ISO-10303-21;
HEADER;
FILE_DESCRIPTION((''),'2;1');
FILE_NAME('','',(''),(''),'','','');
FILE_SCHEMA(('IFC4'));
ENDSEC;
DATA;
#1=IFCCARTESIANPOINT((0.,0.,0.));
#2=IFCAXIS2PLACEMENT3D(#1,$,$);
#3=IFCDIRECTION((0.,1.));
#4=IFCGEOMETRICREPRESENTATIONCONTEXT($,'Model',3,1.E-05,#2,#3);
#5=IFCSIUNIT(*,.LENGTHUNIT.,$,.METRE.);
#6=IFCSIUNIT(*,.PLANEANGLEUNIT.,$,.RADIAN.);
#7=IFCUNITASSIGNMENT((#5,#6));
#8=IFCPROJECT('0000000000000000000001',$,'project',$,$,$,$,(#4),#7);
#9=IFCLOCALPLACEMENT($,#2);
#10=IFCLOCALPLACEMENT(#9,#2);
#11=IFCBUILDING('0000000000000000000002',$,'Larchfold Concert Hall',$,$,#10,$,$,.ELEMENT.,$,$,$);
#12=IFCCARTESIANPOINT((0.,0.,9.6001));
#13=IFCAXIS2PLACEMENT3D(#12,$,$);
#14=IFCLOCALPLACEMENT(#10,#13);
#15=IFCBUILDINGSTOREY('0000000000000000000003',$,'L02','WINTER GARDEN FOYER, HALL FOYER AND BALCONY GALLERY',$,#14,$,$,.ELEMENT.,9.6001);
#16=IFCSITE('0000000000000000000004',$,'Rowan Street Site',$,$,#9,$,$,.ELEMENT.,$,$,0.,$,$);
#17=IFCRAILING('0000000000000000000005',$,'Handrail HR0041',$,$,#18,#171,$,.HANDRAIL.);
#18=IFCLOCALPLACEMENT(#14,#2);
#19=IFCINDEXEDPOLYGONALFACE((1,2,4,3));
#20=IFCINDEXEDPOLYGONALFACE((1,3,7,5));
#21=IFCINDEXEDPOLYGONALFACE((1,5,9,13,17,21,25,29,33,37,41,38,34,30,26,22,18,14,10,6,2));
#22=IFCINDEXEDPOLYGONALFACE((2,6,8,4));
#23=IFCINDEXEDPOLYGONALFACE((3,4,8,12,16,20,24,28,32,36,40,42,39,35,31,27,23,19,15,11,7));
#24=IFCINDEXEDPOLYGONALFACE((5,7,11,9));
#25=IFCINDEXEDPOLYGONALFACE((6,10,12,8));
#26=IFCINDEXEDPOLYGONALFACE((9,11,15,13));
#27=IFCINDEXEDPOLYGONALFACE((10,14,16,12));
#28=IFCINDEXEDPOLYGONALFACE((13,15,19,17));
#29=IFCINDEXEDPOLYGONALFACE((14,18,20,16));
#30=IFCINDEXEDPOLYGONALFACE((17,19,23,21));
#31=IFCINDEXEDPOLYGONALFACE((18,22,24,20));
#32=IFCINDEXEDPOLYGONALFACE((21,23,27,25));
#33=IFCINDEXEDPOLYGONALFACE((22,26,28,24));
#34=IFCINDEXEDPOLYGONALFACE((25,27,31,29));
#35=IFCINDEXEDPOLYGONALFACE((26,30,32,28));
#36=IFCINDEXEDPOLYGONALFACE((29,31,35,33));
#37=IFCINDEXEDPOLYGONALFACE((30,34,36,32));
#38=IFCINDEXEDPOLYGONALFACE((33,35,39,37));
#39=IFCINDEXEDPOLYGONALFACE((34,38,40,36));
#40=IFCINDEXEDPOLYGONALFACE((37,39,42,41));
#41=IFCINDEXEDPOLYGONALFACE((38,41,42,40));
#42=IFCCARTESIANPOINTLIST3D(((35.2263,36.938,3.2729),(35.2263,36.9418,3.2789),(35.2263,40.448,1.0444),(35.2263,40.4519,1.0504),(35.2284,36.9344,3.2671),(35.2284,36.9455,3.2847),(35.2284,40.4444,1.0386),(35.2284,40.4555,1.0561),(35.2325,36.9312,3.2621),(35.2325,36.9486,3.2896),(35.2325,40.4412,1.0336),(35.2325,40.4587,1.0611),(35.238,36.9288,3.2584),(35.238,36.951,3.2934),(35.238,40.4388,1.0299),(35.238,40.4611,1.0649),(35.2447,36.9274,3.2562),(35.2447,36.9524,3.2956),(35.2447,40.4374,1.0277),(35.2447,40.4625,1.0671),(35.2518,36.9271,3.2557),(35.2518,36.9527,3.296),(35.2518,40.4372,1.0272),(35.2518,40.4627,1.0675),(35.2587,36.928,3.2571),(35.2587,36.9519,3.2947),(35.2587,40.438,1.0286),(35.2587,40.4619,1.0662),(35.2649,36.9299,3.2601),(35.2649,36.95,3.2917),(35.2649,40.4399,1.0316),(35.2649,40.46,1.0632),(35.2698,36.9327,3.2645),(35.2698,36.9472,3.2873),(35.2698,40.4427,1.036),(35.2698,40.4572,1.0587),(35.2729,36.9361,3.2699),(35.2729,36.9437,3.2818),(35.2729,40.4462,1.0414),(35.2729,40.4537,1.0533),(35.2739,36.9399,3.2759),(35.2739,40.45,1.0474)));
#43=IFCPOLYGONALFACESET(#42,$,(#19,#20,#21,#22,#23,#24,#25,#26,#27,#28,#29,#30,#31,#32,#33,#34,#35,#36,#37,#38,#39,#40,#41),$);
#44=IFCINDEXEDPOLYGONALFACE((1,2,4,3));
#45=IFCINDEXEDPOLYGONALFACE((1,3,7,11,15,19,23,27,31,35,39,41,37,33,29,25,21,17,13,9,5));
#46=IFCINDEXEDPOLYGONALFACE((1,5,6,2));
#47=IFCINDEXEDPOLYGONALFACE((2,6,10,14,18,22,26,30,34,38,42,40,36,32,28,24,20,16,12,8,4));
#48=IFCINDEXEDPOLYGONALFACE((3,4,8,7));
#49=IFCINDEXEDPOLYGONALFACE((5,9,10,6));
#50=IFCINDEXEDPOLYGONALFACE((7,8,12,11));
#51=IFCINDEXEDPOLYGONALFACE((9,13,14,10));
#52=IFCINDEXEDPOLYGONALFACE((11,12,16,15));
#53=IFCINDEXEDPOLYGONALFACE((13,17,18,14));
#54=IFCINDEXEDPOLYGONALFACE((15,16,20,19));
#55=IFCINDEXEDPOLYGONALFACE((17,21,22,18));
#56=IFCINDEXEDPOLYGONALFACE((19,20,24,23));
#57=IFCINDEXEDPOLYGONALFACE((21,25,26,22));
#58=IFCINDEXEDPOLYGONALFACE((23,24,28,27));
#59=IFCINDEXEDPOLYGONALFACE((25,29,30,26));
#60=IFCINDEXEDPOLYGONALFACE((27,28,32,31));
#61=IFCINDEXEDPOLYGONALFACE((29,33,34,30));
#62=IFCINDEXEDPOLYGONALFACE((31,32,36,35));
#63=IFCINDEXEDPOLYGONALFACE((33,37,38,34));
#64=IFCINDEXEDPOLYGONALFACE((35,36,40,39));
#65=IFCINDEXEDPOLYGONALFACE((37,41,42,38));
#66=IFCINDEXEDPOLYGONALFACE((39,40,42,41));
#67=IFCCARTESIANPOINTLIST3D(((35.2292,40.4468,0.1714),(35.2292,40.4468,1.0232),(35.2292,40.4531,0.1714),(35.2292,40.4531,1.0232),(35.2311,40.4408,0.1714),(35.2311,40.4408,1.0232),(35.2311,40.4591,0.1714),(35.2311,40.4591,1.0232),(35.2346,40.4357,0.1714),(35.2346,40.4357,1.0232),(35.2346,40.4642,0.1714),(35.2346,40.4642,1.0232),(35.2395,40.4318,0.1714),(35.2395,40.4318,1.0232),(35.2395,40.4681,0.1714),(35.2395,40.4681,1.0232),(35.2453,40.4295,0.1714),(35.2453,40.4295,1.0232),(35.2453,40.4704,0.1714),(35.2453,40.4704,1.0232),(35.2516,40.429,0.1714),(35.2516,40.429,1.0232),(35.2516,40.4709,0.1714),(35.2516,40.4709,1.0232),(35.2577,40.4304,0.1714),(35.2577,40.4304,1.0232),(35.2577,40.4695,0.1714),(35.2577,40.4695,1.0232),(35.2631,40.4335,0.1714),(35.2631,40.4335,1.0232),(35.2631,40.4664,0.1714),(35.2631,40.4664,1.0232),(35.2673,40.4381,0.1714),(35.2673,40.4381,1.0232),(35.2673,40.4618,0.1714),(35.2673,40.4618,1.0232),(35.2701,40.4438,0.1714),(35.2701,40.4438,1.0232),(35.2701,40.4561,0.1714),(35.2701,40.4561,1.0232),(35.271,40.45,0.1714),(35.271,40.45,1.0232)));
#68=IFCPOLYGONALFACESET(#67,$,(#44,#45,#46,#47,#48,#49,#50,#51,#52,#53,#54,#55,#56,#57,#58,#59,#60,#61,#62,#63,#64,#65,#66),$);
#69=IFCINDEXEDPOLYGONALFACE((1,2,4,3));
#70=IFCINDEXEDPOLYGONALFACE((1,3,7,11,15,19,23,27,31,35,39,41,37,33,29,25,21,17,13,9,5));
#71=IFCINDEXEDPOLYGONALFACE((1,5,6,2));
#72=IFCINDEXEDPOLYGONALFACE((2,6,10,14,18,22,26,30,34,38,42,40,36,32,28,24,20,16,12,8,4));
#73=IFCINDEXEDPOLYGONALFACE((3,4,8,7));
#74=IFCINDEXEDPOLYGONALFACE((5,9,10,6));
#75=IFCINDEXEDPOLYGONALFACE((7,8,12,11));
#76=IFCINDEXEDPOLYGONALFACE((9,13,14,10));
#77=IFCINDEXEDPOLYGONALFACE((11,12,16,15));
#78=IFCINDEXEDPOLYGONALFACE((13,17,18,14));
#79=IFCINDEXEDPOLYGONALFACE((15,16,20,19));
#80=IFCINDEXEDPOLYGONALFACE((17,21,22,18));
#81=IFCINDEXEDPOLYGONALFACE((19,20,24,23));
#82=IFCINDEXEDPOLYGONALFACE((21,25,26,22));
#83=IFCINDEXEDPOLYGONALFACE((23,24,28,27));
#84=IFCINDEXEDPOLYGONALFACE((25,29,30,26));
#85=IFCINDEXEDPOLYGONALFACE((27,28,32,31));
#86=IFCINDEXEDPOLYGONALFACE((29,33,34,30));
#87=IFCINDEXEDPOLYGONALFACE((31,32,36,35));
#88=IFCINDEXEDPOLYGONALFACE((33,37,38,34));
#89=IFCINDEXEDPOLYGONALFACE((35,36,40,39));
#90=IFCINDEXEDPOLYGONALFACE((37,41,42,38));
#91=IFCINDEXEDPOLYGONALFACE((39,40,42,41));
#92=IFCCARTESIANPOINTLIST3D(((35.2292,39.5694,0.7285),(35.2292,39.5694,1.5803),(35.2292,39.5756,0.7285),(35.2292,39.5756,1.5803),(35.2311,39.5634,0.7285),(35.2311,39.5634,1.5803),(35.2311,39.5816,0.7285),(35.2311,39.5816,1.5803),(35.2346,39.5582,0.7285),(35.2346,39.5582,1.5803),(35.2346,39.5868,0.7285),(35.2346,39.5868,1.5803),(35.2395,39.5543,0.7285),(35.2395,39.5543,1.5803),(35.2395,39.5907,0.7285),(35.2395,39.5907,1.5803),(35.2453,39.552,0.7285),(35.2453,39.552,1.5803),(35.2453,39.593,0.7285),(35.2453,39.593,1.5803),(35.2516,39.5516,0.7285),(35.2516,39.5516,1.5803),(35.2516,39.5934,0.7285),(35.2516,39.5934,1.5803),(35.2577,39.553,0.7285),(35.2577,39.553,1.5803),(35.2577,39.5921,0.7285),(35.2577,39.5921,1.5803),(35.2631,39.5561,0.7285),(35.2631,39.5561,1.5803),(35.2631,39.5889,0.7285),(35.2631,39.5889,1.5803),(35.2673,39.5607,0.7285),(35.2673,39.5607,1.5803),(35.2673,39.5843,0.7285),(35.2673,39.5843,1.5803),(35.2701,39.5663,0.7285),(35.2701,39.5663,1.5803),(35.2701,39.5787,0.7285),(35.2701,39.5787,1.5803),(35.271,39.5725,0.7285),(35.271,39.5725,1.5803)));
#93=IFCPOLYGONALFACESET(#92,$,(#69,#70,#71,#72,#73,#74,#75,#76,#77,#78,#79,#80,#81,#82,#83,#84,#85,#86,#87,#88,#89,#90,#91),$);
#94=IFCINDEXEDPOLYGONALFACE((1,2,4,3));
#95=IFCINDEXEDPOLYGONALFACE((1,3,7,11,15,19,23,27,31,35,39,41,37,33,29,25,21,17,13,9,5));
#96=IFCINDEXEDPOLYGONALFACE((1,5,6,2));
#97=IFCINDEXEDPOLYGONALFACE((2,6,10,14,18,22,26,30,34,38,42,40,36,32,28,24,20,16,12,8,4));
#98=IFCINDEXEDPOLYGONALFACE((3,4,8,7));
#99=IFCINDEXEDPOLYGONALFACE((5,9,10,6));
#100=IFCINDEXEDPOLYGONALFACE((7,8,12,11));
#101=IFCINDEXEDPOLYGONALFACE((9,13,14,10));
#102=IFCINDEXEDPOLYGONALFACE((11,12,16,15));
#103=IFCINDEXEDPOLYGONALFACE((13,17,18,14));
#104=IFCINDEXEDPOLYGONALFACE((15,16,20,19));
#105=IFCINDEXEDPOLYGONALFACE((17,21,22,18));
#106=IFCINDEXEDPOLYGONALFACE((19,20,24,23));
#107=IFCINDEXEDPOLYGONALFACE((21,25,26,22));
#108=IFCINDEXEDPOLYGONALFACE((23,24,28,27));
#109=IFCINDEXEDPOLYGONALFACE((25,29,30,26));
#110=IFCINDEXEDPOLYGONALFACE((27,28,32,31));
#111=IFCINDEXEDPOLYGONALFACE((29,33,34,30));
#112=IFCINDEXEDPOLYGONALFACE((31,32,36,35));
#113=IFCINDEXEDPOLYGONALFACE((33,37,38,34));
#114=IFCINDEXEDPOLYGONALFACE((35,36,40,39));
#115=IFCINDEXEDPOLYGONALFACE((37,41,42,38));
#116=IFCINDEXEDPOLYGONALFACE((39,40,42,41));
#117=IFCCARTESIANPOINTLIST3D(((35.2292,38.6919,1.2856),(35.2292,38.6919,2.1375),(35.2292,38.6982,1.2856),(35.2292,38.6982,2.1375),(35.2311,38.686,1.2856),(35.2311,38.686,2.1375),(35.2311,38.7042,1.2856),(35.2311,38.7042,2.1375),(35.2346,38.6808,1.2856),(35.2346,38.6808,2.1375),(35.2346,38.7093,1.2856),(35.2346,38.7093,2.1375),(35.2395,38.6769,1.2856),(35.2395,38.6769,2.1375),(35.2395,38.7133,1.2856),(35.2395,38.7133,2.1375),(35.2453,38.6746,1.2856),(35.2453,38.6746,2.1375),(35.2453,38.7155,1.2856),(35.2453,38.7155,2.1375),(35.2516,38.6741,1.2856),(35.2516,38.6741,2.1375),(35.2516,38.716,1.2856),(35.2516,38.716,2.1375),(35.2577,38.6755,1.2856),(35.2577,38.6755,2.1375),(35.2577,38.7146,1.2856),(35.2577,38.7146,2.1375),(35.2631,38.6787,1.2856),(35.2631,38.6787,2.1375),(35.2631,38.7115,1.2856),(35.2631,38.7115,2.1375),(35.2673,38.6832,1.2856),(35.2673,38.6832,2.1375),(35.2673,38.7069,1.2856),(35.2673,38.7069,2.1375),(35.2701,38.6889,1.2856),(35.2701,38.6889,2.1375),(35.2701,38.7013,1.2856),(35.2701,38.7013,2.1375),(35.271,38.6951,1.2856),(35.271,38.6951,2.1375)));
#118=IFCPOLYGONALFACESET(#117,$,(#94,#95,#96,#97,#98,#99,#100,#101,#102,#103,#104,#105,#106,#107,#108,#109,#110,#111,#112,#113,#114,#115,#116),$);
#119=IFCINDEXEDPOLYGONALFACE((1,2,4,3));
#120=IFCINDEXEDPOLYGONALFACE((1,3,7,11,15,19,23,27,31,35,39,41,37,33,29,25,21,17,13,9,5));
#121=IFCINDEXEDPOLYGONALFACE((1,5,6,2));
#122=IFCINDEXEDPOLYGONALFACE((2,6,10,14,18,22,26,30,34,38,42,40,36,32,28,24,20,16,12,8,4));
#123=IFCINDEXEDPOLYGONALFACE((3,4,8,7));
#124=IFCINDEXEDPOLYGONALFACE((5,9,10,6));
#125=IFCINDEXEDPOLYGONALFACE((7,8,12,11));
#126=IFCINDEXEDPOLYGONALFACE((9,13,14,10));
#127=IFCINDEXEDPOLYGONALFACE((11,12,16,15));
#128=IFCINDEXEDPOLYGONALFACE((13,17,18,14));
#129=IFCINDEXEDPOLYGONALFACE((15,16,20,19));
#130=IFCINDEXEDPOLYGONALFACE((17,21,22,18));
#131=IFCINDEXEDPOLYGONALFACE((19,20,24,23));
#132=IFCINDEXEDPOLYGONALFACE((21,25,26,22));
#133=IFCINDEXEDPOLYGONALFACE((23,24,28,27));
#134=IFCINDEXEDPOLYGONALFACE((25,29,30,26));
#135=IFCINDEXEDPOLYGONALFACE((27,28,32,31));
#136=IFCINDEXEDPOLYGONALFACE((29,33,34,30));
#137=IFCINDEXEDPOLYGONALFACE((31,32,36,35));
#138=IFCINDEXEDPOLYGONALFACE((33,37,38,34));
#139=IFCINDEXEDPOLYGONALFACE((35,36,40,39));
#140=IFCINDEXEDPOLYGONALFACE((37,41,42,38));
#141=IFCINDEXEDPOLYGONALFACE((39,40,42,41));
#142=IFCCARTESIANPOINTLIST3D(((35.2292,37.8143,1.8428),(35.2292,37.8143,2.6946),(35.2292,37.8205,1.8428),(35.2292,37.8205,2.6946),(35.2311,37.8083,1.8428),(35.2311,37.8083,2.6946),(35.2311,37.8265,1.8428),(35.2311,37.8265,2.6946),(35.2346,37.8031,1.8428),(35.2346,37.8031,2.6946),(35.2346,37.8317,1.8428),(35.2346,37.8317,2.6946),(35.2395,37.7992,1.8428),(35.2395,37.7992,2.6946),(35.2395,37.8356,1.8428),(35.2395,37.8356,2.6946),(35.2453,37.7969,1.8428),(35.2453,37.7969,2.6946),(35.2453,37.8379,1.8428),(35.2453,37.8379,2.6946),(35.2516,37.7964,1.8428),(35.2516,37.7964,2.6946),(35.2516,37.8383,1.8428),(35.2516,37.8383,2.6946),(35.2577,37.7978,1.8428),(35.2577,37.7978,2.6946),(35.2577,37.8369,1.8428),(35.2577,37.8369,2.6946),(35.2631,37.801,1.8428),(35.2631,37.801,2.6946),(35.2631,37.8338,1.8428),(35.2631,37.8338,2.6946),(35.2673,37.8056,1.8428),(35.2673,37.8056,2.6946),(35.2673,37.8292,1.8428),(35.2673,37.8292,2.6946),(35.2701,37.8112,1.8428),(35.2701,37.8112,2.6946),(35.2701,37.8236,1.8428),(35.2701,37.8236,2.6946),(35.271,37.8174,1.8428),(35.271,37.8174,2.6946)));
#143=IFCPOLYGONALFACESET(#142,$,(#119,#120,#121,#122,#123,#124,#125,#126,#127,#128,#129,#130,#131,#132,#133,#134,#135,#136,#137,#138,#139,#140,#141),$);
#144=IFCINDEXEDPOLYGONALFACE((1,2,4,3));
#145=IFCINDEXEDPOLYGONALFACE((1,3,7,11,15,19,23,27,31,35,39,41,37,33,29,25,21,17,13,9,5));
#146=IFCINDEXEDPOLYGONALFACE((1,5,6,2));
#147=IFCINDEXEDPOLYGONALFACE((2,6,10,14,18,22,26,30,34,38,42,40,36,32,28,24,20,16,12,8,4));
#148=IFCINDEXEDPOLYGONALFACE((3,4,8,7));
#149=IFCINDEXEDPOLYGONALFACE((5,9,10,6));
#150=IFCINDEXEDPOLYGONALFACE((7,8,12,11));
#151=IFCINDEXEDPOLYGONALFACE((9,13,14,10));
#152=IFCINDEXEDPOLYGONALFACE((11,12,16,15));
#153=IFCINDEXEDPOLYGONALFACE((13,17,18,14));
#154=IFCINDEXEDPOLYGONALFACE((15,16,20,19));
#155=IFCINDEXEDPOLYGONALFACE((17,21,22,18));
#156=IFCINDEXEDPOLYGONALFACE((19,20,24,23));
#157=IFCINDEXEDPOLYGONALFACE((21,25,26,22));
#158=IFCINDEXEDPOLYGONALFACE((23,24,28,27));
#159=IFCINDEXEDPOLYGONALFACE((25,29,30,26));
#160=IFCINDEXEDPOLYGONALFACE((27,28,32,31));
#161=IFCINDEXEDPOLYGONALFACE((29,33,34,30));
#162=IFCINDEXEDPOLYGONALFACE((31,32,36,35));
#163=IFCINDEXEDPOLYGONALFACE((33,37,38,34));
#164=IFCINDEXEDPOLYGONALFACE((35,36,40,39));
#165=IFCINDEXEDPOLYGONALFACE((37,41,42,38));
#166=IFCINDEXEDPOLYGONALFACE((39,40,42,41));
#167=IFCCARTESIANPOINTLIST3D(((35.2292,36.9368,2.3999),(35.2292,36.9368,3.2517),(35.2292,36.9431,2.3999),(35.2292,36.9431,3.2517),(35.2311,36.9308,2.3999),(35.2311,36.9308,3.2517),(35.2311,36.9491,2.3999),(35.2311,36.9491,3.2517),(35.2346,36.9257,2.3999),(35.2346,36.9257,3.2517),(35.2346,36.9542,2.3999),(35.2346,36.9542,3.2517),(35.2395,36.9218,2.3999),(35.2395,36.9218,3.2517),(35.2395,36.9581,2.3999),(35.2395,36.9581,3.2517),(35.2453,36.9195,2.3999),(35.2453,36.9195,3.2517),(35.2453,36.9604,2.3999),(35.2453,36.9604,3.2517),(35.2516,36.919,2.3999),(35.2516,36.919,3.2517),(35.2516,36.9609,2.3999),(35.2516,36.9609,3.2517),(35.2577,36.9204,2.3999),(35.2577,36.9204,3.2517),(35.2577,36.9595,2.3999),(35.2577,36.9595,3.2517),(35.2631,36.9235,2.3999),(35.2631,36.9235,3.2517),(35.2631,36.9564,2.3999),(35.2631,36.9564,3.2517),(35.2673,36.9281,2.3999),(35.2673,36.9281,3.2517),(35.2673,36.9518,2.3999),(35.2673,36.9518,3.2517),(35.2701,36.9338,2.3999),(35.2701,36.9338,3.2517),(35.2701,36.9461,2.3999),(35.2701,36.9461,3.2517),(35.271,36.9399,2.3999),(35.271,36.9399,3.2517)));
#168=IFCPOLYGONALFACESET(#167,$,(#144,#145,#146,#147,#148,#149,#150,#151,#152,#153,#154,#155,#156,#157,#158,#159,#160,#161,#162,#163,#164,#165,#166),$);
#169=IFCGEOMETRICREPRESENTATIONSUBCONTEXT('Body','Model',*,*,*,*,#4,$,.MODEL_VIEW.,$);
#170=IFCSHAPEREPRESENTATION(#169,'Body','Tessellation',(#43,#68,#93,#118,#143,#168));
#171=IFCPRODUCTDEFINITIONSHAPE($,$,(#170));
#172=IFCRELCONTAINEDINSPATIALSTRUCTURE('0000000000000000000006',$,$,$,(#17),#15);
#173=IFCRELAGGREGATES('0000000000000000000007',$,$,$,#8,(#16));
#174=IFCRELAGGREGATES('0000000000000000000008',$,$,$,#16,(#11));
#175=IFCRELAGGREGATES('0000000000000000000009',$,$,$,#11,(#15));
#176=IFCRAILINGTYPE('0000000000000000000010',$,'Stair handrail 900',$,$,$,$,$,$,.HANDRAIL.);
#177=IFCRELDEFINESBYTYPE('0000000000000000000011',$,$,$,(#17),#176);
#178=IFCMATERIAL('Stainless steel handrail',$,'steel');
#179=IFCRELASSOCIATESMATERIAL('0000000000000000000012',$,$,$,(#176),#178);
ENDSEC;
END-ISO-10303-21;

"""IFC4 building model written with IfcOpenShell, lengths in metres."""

from ifc_helpers import new_model, si_unit, direction, frame, origin, origin_2d, place, context, subcontext, project, spatial, circle, extrude, material, type_object, element, save


model = new_model("IFC4")

# Units and contexts
model_context = context("Model", 3, precision=1e-05, world=origin(), true_north=direction((0.0, 1.0)))
body_context = subcontext(model_context, "Body", "Model", "MODEL_VIEW")
ifc_project = project(units=[si_unit("LENGTHUNIT", "METRE"), si_unit("PLANEANGLEUNIT", "RADIAN")], contexts=[model_context])

# Site, building, storey
site_placement = place(None, origin())
site = spatial("IfcSite", under=ifc_project, at=site_placement, Name="Rowan Street Site", CompositionType="ELEMENT", RefElevation=0.0)
building_placement = place(site_placement, origin())
building = spatial("IfcBuilding", under=site, at=building_placement, Name="Larchfold Concert Hall", CompositionType="ELEMENT")
storey_placement = place(building_placement, frame((0.0, 0.0, 9.6001)))
storey = spatial("IfcBuildingStorey", under=building, at=storey_placement, Name="L02", Description="WINTER GARDEN FOYER, HALL FOYER AND BALCONY GALLERY", CompositionType="ELEMENT", Elevation=9.6001)

# Railing
ifc_material_1 = material(Name="Stainless steel handrail", Category="steel")
railing_type_1 = type_object("IfcRailingType", Name="Stair handrail 900", PredefinedType="HANDRAIL", material=ifc_material_1)
railing_1_placement = place(storey_placement, frame((35.25, 40.45, 0.1714)))
element("IfcRailing", 1, at=railing_1_placement, inside=storey, type_object=railing_type_1, Name="Handrail HR0041", PredefinedType="HANDRAIL", context=body_context, shape_type="SweptSolid", body=[
    extrude(circle(Radius=0.0239, at=origin_2d()), frame((0.0, 0.0, 0.876), z_axis=(0.0, -0.84422, 0.535998), x_axis=(1.0, 0.0, 0.0)), (0.0, 0.0, 1.0), 4.1577),
    extrude(circle(Radius=0.021, at=origin_2d()), origin(), (0.0, 0.0, 1.0), 0.8518),
    extrude(circle(Radius=0.021, at=origin_2d()), frame((0.0, -0.8774, 0.5571)), (0.0, 0.0, 1.0), 0.8518),
    extrude(circle(Radius=0.021, at=origin_2d()), frame((0.0, -1.7549, 1.1143)), (0.0, 0.0, 1.0), 0.8518),
    extrude(circle(Radius=0.021, at=origin_2d()), frame((0.0, -2.6326, 1.6714)), (0.0, 0.0, 1.0), 0.8518),
    extrude(circle(Radius=0.021, at=origin_2d()), frame((0.0, -3.51, 2.2285)), (0.0, 0.0, 1.0), 0.8518),
])

save(model, "model.ifc")
